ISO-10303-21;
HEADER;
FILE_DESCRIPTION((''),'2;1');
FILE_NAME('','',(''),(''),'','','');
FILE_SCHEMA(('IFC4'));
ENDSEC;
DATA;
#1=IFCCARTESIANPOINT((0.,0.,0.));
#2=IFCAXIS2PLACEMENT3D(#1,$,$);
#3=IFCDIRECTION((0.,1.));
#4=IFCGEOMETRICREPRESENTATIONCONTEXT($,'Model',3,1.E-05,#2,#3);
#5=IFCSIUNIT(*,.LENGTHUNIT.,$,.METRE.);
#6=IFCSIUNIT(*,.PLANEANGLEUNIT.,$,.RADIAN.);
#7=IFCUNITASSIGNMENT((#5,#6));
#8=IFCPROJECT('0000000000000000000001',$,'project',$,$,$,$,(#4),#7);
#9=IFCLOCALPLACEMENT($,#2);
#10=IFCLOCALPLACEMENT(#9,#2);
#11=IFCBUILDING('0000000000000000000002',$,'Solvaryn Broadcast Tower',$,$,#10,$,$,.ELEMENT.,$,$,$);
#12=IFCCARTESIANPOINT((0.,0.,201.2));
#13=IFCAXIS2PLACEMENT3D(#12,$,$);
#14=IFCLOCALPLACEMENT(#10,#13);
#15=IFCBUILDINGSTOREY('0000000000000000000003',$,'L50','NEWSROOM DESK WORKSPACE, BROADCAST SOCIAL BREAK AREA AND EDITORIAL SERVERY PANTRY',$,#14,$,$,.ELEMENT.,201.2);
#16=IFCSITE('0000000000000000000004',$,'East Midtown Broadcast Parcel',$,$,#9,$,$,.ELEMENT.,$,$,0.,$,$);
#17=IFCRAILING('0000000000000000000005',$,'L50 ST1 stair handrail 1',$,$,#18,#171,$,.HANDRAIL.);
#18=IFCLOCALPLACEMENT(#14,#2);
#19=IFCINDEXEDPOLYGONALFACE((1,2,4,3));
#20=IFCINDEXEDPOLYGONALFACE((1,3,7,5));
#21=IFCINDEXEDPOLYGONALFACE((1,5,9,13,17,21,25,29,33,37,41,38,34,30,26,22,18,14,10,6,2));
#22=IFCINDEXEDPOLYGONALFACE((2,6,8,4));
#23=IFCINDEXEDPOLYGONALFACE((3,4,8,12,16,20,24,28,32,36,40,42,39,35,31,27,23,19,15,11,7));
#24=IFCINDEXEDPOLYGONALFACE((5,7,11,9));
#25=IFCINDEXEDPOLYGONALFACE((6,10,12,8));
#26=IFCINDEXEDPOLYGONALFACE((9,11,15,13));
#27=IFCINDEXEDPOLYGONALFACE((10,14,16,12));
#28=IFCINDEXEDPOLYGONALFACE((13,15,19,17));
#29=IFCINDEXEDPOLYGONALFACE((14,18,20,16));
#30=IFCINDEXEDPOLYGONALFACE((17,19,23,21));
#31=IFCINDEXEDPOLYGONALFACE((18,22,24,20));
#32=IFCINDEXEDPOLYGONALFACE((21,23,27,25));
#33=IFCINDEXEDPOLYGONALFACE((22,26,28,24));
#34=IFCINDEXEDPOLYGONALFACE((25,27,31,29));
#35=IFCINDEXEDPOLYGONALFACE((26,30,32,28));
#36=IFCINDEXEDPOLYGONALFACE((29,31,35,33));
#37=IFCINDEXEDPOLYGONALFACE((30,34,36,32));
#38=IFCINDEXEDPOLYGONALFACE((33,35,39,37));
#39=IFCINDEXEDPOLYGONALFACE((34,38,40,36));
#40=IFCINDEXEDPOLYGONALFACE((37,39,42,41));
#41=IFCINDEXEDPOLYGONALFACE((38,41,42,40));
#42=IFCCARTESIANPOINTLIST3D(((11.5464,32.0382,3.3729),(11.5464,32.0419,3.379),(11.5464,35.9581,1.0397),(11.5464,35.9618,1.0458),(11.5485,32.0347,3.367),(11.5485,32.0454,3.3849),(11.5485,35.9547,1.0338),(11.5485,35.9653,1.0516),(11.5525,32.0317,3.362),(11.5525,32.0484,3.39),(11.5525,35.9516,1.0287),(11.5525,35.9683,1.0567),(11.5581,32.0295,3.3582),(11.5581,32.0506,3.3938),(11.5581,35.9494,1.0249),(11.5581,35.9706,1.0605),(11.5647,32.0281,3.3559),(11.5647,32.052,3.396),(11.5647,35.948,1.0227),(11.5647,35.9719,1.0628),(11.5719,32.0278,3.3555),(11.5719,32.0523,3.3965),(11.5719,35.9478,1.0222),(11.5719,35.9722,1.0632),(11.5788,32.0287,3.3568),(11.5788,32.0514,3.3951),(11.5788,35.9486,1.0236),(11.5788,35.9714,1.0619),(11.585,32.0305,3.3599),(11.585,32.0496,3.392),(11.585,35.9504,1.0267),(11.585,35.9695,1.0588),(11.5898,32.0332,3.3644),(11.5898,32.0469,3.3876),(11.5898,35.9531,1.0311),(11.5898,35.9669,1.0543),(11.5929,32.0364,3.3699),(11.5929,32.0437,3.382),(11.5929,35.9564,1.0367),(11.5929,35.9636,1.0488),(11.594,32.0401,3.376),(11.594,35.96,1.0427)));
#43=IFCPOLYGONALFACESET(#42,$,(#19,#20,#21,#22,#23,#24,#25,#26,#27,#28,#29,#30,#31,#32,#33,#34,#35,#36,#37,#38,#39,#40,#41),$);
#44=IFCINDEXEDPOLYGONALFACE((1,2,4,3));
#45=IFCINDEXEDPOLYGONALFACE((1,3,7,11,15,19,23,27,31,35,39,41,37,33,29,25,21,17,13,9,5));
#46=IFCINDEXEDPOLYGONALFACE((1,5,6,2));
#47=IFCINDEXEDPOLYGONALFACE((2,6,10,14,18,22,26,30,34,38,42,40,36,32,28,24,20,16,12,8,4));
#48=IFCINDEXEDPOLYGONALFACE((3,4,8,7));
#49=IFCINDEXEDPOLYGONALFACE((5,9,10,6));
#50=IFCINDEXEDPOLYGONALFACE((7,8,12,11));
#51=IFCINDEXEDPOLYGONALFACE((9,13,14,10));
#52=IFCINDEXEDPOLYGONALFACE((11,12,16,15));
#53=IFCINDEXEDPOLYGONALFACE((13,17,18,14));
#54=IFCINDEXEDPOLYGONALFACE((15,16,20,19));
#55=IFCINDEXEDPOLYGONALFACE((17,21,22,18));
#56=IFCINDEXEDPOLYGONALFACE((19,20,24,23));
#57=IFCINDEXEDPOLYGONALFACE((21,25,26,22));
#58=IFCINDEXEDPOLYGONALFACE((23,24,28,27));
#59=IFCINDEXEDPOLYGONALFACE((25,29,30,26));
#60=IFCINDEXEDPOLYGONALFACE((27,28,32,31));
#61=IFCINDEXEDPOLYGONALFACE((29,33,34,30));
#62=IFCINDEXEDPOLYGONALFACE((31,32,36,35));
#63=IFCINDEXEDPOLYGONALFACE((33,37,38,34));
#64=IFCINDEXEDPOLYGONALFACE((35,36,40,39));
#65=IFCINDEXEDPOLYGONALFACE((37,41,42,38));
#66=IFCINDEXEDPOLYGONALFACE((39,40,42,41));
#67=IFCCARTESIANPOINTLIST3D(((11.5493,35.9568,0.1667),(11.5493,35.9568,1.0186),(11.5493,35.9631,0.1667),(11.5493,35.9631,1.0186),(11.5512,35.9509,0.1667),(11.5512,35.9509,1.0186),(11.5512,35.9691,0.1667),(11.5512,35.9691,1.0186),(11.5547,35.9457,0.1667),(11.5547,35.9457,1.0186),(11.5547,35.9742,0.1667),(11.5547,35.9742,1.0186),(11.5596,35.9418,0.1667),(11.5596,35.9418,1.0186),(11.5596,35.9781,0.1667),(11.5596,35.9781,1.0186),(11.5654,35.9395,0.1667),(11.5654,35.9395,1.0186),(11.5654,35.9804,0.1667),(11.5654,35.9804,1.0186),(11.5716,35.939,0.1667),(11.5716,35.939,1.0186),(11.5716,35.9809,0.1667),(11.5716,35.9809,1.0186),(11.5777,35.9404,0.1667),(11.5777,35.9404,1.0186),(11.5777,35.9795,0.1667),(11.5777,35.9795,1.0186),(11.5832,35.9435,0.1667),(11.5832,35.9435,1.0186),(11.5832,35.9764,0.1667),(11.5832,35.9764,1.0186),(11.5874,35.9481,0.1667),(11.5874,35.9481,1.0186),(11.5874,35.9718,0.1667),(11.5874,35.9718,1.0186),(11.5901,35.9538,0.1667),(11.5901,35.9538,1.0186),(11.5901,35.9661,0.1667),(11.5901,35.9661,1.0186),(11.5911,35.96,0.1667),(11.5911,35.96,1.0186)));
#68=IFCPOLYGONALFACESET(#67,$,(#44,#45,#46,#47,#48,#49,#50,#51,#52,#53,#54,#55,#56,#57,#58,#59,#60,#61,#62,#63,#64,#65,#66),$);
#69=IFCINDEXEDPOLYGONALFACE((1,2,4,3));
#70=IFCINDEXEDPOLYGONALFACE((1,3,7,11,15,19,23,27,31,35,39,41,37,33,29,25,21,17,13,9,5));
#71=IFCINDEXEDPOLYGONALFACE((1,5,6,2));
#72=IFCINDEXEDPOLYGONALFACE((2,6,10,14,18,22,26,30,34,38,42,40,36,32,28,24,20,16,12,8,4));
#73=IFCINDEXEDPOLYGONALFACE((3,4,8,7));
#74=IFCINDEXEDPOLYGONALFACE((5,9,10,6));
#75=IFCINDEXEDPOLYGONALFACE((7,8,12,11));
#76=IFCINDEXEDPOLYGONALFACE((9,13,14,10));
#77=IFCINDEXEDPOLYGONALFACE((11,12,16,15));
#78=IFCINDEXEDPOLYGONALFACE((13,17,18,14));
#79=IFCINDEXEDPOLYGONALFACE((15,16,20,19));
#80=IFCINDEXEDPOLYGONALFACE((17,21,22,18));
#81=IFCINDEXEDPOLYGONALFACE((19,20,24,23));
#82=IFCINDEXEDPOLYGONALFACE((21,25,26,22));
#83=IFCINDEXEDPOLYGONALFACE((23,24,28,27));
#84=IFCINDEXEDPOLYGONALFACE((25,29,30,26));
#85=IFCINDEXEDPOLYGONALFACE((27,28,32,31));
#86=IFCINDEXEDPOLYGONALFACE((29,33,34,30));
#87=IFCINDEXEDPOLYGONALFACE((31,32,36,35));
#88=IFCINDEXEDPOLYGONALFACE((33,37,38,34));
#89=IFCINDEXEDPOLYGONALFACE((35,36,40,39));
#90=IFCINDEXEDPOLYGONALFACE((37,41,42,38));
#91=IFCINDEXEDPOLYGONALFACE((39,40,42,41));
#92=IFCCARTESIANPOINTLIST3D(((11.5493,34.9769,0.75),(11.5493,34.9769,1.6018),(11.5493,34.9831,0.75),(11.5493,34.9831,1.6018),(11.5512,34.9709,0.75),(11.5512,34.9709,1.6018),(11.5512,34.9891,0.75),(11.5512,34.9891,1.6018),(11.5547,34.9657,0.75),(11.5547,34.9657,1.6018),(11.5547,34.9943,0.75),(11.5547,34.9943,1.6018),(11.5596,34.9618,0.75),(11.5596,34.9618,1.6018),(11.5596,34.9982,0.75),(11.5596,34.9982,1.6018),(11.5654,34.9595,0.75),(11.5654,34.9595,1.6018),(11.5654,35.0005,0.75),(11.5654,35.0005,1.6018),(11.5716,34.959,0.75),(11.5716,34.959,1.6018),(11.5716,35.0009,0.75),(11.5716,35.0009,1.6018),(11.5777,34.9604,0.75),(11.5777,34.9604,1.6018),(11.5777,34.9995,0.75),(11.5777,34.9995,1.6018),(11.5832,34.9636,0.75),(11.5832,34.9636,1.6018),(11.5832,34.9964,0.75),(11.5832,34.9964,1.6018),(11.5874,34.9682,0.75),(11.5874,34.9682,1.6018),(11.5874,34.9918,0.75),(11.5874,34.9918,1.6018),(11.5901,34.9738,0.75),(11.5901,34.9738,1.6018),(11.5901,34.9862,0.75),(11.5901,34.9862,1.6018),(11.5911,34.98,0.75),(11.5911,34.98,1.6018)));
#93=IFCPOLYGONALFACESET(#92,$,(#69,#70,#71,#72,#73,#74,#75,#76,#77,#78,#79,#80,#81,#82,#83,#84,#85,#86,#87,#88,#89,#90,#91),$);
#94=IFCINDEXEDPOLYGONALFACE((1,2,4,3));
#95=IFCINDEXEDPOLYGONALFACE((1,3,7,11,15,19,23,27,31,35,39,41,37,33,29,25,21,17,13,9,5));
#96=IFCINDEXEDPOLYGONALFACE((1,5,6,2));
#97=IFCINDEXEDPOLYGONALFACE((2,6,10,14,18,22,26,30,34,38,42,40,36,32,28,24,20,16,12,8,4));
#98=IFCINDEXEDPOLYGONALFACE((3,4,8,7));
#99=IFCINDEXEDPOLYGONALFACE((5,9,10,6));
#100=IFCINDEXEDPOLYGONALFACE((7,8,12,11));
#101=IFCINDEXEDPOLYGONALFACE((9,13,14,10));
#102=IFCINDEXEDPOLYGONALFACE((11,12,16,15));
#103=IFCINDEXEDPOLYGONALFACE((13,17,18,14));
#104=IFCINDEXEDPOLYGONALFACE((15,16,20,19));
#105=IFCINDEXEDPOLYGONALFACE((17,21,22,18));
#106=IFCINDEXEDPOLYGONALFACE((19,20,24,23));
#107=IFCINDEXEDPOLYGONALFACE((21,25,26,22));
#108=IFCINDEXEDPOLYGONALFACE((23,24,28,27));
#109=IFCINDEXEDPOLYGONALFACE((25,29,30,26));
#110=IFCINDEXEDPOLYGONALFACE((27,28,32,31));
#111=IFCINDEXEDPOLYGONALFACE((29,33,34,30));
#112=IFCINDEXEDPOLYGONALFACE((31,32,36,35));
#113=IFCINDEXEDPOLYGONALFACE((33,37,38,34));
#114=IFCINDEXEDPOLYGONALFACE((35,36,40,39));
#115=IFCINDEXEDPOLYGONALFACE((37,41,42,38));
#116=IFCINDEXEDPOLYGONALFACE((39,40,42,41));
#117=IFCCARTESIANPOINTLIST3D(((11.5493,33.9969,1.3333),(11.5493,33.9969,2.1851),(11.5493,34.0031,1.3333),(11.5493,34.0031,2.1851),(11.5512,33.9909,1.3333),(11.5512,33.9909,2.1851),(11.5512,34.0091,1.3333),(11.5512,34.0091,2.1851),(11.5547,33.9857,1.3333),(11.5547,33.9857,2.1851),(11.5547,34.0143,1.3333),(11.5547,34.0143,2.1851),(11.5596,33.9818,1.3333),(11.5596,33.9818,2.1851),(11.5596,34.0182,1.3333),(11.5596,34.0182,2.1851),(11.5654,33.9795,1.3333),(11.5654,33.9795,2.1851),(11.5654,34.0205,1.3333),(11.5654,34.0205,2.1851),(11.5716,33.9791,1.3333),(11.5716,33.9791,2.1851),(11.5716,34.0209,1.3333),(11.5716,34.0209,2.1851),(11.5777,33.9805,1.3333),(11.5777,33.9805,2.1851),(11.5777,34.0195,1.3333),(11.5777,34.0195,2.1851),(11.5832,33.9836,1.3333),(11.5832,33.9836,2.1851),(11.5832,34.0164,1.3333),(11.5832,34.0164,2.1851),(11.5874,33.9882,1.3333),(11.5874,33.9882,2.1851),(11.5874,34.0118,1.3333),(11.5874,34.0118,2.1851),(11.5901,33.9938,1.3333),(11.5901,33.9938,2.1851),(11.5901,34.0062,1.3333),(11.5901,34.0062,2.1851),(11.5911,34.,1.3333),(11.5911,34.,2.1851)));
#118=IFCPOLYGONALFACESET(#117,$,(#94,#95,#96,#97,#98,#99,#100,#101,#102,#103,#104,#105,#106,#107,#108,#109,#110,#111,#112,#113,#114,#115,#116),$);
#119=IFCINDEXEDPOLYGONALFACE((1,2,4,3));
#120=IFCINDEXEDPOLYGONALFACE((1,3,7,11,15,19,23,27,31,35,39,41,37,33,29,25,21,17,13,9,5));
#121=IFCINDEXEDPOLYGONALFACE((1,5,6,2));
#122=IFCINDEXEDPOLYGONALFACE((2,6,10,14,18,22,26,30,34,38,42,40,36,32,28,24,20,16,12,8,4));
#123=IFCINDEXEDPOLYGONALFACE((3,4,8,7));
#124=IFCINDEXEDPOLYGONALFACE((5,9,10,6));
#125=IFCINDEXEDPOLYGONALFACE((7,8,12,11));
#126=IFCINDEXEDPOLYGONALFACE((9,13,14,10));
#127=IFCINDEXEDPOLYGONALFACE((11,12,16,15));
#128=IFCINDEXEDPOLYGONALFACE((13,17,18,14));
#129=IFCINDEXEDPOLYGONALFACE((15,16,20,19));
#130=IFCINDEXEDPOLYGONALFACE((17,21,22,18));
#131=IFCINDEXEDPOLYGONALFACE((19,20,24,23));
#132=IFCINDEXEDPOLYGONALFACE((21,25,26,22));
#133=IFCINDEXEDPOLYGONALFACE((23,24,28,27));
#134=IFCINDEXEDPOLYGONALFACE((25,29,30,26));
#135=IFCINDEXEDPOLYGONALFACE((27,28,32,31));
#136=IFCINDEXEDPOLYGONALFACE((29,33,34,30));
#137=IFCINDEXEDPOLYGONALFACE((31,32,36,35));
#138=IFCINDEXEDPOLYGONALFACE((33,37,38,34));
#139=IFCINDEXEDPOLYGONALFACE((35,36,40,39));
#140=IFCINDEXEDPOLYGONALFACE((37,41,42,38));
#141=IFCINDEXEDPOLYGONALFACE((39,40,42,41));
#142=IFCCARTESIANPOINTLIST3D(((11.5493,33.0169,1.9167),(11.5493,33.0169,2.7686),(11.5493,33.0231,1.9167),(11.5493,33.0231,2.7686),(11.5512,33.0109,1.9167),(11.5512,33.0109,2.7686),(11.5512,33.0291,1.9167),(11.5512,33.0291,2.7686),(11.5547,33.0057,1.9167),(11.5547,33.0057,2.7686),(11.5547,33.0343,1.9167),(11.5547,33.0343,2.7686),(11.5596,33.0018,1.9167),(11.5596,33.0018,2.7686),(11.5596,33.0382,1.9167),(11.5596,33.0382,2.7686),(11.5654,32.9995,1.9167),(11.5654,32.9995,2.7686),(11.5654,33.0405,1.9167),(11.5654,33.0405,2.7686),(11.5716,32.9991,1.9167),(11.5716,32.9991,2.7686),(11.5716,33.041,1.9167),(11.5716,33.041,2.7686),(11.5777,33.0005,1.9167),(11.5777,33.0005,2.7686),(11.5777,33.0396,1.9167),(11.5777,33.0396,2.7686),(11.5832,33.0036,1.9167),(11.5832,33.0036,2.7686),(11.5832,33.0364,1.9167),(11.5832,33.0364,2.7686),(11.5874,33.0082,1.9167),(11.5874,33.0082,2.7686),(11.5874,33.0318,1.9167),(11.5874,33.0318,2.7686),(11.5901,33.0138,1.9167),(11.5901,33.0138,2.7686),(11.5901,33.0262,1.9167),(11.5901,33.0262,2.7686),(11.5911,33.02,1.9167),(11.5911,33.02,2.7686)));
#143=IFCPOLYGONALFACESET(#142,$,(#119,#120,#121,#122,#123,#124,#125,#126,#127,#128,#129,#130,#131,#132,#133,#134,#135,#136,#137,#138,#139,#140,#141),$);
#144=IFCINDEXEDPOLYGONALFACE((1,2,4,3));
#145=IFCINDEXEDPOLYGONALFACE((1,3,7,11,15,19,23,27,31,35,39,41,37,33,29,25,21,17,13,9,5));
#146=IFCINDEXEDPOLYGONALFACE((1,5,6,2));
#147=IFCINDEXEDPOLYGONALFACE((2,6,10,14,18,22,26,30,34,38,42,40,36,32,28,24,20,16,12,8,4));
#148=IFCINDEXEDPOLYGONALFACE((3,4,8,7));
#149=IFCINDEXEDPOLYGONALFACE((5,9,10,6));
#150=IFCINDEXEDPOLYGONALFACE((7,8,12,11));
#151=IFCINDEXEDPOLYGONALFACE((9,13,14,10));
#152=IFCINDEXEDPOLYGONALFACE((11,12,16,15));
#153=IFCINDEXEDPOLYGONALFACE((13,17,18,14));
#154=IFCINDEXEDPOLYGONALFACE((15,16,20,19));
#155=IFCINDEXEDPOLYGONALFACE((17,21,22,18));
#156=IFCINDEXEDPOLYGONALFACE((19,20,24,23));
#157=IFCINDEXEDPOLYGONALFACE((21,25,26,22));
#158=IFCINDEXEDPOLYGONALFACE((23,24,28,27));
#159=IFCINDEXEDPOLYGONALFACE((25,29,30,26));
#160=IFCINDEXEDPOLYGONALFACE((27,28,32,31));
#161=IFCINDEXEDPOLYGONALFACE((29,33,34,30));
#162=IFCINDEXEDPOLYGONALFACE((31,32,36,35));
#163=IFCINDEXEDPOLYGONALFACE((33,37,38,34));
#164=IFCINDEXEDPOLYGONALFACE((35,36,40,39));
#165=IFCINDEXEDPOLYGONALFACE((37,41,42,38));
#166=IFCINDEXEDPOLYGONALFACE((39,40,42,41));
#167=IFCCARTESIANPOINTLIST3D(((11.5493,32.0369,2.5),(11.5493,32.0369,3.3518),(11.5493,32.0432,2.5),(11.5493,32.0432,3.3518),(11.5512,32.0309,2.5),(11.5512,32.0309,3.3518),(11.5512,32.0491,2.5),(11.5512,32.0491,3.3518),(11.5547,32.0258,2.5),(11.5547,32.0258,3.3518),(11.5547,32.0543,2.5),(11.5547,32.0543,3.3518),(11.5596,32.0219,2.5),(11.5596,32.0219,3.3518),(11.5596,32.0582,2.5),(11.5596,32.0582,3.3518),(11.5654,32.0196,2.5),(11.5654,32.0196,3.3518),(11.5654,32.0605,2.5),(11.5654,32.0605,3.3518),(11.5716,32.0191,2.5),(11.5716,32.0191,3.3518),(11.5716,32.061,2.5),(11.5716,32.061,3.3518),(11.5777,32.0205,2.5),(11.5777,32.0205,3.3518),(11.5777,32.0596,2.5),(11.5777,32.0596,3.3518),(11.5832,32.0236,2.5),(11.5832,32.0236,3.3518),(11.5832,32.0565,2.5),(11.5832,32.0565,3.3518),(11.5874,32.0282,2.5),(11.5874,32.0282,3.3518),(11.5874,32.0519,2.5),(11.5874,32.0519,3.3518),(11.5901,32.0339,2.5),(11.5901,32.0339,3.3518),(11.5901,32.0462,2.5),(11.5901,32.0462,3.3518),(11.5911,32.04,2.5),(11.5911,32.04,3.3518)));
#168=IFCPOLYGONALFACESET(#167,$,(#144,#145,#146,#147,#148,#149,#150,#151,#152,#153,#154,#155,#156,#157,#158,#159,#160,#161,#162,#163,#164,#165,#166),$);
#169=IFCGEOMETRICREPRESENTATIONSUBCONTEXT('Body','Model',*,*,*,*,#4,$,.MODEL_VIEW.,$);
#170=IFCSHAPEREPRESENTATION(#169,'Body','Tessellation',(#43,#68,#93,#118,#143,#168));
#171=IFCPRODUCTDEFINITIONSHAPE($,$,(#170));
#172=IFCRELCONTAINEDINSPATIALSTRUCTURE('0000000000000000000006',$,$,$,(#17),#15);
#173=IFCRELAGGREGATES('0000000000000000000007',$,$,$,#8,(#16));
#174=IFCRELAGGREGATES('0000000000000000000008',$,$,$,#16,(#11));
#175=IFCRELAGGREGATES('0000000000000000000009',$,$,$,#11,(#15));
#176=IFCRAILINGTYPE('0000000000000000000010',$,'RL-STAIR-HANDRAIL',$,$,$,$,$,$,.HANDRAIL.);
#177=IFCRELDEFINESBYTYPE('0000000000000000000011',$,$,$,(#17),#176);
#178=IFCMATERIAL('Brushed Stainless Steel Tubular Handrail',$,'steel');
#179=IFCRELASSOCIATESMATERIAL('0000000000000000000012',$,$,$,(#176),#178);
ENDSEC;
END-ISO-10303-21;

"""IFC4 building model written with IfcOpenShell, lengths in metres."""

from ifc_helpers import new_model, si_unit, direction, frame, origin, origin_2d, place, context, subcontext, project, spatial, circle, extrude, material, type_object, element, save


model = new_model("IFC4")

# Units and contexts
model_context = context("Model", 3, precision=1e-05, world=origin(), true_north=direction((0.0, 1.0)))
body_context = subcontext(model_context, "Body", "Model", "MODEL_VIEW")
ifc_project = project(units=[si_unit("LENGTHUNIT", "METRE"), si_unit("PLANEANGLEUNIT", "RADIAN")], contexts=[model_context])

# Site, building, storey
site_placement = place(None, origin())
site = spatial("IfcSite", under=ifc_project, at=site_placement, Name="East Midtown Broadcast Parcel", CompositionType="ELEMENT", RefElevation=0.0)
building_placement = place(site_placement, origin())
building = spatial("IfcBuilding", under=site, at=building_placement, Name="Solvaryn Broadcast Tower", CompositionType="ELEMENT")
storey_placement = place(building_placement, frame((0.0, 0.0, 201.2)))
storey = spatial("IfcBuildingStorey", under=building, at=storey_placement, Name="L50", Description="NEWSROOM DESK WORKSPACE, BROADCAST SOCIAL BREAK AREA AND EDITORIAL SERVERY PANTRY", CompositionType="ELEMENT", Elevation=201.2)

# Railing
ifc_material_1 = material(Name="Brushed Stainless Steel Tubular Handrail", Category="steel")
railing_type_1 = type_object("IfcRailingType", Name="RL-STAIR-HANDRAIL", PredefinedType="HANDRAIL", material=ifc_material_1)
railing_1_placement = place(storey_placement, frame((11.5701, 35.96, 0.1667)))
element("IfcRailing", 1, at=railing_1_placement, inside=storey, type_object=railing_type_1, Name="L50 ST1 stair handrail 1", PredefinedType="HANDRAIL", context=body_context, shape_type="SweptSolid", body=[
    extrude(circle(Radius=0.0239, at=origin_2d()), frame((0.0, 0.0, 0.876), z_axis=(0.0, -0.859296, 0.511478), x_axis=(1.0, 0.0, 0.0)), (0.0, 0.0, 1.0), 4.5618),
    extrude(circle(Radius=0.021, at=origin_2d()), origin(), (0.0, 0.0, 1.0), 0.8518),
    extrude(circle(Radius=0.021, at=origin_2d()), frame((0.0, -0.98, 0.5833)), (0.0, 0.0, 1.0), 0.8518),
    extrude(circle(Radius=0.021, at=origin_2d()), frame((0.0, -1.96, 1.1665)), (0.0, 0.0, 1.0), 0.8518),
    extrude(circle(Radius=0.021, at=origin_2d()), frame((0.0, -2.9399, 1.75)), (0.0, 0.0, 1.0), 0.8518),
    extrude(circle(Radius=0.021, at=origin_2d()), frame((0.0, -3.9199, 2.3333)), (0.0, 0.0, 1.0), 0.8518),
])

save(model, "model.ifc")
